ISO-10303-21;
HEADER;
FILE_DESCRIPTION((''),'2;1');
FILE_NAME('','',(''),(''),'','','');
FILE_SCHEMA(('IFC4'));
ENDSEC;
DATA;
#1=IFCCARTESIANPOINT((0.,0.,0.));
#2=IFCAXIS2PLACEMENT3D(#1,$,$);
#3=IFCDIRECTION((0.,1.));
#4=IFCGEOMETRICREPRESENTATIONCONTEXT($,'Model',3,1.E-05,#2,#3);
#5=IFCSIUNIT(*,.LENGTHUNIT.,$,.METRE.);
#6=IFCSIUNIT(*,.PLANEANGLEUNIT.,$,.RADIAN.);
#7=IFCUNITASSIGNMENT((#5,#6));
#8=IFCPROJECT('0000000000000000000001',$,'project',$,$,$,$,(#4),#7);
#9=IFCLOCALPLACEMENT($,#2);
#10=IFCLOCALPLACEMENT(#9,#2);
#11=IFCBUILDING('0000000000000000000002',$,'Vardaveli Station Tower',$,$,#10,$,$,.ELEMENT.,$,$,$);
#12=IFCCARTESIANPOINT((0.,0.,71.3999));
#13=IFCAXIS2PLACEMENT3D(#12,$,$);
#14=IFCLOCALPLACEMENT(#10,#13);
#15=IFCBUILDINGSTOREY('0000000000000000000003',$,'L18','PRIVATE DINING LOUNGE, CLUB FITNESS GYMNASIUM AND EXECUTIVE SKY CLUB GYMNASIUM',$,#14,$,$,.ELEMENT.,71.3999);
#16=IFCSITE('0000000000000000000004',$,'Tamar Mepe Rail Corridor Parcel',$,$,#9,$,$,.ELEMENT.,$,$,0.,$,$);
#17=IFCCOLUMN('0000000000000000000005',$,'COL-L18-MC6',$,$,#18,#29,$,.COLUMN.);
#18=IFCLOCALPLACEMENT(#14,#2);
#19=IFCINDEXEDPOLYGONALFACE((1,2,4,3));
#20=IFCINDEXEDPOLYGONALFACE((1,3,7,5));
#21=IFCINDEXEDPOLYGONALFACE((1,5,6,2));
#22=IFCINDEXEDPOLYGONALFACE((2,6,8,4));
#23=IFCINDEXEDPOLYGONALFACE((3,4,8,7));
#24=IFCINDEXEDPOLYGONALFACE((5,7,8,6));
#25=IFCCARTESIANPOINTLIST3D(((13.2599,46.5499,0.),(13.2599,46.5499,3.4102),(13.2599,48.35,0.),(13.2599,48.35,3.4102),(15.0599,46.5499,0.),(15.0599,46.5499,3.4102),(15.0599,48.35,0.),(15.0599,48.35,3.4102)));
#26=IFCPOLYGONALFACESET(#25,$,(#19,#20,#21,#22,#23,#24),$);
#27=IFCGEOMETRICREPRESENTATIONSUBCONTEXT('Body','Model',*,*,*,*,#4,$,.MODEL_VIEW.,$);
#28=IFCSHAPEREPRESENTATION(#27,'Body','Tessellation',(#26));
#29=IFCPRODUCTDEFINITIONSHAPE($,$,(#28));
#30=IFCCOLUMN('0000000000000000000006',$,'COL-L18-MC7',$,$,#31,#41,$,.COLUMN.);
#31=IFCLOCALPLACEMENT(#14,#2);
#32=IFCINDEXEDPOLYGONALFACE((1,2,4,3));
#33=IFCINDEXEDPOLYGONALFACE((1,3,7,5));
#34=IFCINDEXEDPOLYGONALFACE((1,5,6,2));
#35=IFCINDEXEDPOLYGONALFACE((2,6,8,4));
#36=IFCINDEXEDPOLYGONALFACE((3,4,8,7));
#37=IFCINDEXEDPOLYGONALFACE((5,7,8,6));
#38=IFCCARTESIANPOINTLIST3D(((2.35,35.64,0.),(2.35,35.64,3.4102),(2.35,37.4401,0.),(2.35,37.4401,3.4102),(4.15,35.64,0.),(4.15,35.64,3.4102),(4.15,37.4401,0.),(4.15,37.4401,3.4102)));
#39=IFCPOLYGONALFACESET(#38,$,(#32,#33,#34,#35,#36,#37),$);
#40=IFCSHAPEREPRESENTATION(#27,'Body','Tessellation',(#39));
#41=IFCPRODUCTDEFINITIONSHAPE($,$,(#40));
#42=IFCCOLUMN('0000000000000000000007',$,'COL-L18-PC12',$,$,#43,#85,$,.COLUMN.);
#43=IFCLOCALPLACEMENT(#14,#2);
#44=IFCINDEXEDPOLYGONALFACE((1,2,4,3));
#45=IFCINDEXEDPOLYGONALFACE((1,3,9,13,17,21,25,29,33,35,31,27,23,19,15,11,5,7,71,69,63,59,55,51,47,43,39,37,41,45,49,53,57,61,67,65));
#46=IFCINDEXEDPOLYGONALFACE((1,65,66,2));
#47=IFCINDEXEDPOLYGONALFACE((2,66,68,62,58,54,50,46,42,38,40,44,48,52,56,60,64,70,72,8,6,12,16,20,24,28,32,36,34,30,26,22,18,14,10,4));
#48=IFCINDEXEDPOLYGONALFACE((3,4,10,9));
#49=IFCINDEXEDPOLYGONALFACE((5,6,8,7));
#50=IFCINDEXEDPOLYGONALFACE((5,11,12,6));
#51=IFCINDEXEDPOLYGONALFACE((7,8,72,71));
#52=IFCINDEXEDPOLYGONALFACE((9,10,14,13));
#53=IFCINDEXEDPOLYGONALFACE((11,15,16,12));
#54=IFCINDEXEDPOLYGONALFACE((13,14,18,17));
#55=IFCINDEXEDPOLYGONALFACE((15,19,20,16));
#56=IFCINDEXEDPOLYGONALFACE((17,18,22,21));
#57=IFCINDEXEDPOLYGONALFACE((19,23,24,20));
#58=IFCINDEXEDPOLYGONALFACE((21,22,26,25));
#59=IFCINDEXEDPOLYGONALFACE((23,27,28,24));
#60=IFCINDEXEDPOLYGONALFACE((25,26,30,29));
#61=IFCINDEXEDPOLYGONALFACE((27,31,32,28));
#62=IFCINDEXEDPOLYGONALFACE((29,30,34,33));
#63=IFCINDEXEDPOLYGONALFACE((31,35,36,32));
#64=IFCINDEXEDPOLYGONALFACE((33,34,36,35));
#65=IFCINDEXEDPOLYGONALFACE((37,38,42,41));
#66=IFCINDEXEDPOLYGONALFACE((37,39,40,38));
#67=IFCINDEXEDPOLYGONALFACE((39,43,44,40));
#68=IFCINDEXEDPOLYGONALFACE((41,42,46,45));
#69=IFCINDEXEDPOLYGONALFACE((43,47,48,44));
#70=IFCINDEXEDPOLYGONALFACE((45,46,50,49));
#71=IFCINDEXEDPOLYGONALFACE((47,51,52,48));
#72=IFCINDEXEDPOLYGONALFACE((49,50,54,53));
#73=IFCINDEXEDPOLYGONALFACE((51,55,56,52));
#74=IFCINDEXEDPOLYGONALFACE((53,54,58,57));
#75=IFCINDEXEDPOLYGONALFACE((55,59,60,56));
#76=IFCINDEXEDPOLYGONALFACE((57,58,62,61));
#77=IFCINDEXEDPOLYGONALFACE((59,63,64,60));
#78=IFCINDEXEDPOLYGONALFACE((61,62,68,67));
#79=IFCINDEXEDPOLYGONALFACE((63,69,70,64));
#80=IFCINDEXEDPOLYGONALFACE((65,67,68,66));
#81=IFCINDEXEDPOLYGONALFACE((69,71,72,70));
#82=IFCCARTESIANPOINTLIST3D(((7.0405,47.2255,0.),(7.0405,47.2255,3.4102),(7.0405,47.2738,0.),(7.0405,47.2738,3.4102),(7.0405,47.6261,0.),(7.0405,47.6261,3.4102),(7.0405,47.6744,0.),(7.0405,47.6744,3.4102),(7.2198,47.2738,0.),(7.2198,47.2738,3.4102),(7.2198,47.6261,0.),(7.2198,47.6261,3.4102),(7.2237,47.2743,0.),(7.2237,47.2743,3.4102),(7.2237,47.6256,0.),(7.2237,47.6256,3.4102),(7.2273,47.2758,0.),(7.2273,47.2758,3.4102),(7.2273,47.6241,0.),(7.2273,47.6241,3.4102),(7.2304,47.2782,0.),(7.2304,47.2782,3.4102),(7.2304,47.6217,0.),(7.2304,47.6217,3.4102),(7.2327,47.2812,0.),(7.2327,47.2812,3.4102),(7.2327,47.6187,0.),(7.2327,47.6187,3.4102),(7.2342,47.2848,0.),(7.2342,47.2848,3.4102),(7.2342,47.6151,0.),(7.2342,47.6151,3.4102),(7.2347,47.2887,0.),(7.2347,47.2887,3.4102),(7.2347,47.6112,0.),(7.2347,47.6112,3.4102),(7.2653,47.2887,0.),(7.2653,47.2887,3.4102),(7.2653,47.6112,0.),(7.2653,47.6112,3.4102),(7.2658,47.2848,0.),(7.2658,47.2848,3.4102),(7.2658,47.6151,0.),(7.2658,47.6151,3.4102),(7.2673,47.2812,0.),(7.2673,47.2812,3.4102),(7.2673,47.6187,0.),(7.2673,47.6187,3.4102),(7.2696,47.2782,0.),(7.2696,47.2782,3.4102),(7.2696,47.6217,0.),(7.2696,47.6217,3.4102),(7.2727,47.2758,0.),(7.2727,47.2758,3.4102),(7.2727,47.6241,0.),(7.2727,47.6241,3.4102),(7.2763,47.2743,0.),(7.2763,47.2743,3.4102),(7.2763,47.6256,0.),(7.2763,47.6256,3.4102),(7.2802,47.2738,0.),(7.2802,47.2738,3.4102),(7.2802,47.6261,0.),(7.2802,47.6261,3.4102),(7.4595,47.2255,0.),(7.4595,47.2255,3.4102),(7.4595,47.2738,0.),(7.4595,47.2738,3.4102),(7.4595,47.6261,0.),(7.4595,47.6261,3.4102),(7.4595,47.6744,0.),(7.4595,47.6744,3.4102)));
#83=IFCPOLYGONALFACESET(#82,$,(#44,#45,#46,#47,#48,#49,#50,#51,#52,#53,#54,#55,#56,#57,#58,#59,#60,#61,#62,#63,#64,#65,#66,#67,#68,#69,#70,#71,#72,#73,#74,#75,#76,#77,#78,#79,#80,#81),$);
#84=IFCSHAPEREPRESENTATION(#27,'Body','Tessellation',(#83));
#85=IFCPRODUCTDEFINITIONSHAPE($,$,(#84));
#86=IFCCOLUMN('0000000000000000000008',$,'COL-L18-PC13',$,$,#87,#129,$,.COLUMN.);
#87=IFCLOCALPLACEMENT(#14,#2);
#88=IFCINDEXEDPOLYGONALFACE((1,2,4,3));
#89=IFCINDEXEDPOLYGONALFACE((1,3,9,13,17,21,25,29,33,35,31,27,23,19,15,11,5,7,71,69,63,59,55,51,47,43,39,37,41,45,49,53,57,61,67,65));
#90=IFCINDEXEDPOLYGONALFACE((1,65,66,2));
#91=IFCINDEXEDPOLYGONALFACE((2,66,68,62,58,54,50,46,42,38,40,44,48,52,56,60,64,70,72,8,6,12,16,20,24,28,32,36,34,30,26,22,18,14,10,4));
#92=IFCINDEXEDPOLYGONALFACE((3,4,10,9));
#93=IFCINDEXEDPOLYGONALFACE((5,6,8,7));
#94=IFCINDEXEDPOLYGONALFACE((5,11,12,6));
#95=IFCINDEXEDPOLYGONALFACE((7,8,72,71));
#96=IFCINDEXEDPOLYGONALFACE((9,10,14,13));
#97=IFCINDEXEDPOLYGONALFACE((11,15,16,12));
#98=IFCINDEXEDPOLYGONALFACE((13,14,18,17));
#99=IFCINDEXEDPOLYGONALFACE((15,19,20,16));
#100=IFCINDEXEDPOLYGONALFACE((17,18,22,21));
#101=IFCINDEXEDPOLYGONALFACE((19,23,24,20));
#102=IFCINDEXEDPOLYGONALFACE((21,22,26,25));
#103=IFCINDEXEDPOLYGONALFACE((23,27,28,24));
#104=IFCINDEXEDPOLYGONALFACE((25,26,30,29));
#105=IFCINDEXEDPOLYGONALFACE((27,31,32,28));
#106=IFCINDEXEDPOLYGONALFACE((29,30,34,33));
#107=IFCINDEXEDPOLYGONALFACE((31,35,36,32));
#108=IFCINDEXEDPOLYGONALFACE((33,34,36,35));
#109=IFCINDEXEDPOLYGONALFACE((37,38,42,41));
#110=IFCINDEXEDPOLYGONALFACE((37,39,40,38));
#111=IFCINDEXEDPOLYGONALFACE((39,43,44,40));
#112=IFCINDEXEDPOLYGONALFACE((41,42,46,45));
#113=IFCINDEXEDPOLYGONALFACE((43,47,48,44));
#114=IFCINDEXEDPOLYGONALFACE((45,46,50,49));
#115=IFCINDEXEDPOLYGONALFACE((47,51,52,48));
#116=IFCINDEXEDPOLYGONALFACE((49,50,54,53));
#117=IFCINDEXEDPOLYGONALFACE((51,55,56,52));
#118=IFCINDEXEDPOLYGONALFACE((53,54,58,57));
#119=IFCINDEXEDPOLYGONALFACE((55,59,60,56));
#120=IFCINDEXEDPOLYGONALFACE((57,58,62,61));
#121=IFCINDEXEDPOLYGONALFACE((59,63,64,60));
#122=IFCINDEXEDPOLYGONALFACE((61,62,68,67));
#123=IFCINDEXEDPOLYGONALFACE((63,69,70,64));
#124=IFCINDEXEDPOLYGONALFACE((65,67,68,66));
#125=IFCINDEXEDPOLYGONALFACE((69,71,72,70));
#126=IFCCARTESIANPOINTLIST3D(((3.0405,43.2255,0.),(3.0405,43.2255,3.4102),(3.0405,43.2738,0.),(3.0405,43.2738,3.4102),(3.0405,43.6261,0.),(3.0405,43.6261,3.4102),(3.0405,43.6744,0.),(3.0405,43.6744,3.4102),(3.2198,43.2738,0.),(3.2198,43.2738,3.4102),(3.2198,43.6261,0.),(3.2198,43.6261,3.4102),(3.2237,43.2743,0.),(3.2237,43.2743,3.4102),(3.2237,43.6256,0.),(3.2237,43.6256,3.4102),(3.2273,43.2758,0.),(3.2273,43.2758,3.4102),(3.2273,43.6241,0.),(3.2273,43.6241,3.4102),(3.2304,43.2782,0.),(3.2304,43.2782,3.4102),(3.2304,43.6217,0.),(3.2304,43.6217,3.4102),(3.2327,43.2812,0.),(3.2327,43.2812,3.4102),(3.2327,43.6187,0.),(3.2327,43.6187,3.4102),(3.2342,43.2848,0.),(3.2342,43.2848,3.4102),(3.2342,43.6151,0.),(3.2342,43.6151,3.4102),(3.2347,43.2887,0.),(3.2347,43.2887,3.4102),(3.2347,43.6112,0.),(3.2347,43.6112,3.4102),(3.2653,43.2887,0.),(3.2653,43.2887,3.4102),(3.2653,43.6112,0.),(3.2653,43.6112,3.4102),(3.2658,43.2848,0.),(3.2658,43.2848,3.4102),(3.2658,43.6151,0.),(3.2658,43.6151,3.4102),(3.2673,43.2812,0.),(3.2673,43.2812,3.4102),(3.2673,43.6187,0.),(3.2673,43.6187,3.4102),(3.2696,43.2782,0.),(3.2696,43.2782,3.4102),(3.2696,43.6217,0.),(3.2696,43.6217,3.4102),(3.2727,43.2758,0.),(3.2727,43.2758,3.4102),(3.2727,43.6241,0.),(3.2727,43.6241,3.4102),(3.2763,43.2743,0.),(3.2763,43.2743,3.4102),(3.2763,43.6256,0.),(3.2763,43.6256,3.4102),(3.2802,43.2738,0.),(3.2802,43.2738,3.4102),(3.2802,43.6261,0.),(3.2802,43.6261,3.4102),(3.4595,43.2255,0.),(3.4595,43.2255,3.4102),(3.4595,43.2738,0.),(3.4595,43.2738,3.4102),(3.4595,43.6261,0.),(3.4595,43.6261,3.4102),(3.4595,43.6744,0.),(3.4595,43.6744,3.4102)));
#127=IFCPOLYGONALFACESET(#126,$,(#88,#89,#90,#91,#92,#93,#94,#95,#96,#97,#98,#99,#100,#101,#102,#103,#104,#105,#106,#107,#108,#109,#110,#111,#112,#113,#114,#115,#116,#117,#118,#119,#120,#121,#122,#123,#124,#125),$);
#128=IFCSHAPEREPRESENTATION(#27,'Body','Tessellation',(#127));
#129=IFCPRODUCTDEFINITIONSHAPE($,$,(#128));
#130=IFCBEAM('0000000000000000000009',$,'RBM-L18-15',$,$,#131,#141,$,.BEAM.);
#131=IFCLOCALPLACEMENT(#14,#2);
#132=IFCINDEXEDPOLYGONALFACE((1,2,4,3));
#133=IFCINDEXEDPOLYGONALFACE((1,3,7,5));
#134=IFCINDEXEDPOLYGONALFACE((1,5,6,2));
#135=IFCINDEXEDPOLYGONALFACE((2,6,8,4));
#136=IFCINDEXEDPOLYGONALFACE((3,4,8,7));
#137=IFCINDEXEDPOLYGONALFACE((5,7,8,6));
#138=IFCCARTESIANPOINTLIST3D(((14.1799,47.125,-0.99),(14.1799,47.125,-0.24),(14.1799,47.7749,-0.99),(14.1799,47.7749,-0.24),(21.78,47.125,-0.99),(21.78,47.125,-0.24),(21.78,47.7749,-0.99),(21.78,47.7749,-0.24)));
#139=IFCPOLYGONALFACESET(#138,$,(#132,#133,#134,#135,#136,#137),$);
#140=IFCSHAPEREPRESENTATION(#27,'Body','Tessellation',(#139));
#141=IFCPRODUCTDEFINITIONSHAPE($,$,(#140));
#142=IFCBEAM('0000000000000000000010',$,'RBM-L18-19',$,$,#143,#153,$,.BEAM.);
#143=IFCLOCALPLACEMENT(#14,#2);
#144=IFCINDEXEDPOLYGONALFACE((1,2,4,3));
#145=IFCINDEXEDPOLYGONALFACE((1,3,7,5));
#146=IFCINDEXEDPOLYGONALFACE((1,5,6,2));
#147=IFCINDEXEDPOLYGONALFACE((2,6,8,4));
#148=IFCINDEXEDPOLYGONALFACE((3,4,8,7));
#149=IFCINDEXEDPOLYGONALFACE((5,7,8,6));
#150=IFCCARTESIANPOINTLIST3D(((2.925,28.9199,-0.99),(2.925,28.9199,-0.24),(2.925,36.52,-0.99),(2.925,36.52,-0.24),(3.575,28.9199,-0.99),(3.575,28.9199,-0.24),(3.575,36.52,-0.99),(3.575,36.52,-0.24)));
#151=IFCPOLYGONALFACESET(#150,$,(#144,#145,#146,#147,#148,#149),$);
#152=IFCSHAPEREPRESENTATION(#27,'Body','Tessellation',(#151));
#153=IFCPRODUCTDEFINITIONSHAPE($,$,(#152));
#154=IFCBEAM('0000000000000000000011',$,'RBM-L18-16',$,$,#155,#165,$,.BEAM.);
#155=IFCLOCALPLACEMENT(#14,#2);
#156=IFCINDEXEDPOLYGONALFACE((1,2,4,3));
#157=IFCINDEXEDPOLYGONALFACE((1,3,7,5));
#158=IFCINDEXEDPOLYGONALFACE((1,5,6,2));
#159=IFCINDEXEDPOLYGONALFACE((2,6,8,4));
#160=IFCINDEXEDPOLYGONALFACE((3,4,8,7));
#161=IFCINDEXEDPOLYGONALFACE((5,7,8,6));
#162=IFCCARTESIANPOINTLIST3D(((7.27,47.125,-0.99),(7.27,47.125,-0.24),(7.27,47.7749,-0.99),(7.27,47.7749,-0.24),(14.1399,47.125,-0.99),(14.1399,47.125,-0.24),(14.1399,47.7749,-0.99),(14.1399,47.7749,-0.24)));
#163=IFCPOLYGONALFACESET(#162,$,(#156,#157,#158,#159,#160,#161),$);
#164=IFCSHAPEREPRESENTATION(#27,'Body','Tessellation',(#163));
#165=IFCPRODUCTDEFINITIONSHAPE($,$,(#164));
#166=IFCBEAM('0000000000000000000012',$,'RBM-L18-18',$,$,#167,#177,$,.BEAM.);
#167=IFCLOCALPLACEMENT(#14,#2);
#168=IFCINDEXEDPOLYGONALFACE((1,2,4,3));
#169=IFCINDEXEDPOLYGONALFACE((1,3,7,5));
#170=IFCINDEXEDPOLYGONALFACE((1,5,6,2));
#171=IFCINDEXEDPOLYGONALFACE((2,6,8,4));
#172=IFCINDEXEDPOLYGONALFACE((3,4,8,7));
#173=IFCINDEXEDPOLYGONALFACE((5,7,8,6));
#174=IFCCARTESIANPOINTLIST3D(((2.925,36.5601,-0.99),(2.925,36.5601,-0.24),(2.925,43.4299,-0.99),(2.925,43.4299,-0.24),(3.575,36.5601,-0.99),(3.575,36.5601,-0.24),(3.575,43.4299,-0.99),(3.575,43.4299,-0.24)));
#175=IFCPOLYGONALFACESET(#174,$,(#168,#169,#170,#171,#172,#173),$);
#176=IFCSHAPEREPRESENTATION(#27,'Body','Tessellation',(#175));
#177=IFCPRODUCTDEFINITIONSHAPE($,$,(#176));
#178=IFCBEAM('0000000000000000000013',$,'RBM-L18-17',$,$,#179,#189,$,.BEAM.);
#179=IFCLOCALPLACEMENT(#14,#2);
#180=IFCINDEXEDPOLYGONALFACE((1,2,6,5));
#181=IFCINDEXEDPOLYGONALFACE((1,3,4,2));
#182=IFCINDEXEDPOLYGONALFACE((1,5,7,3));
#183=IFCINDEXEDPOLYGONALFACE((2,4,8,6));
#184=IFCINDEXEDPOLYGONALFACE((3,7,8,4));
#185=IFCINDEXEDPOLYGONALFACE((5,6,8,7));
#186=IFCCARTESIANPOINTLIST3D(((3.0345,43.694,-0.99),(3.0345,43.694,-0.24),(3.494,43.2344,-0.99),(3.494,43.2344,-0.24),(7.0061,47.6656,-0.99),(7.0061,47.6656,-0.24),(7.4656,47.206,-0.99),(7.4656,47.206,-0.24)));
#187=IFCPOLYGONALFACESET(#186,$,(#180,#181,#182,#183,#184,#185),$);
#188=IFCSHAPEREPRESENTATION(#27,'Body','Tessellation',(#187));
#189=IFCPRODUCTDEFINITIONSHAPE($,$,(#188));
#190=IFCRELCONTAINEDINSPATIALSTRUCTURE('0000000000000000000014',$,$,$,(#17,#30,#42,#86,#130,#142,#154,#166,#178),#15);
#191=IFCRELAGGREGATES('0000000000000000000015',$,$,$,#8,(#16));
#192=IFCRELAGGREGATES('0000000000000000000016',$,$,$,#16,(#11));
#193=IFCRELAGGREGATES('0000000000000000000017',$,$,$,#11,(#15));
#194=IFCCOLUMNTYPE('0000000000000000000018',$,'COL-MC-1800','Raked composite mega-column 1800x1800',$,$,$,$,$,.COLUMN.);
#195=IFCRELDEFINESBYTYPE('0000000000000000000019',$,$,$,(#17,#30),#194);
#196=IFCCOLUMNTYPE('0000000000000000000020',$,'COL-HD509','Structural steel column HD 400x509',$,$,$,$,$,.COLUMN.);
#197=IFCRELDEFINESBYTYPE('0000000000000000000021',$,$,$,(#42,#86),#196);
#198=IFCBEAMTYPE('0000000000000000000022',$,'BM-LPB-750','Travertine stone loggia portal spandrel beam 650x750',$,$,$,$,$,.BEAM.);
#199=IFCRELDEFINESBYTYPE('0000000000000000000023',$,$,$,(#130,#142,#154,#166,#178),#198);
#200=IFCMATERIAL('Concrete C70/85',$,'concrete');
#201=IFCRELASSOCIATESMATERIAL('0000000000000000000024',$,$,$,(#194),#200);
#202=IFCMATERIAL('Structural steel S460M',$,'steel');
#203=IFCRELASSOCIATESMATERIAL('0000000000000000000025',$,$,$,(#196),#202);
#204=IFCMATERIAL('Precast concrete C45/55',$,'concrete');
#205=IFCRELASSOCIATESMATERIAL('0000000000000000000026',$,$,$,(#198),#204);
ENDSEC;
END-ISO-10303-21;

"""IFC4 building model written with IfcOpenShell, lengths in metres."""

from ifc_helpers import new_model, si_unit, direction, frame, origin, origin_2d, place, context, subcontext, project, spatial, rectangle, i_section, extrude, source, transform, mapped, material, material_profile, profile_set, type_object, element, save


model = new_model("IFC4")

# Units and contexts
model_context = context("Model", 3, precision=1e-05, world=origin(), true_north=direction((0.0, 1.0)))
body_context = subcontext(model_context, "Body", "Model", "MODEL_VIEW")
ifc_project = project(units=[si_unit("LENGTHUNIT", "METRE"), si_unit("PLANEANGLEUNIT", "RADIAN")], contexts=[model_context])

# Site, building, storey
site_placement = place(None, origin())
site = spatial("IfcSite", under=ifc_project, at=site_placement, Name="Tamar Mepe Rail Corridor Parcel", CompositionType="ELEMENT", RefElevation=0.0)
building_placement = place(site_placement, origin())
building = spatial("IfcBuilding", under=site, at=building_placement, Name="Vardaveli Station Tower", CompositionType="ELEMENT")
storey_placement = place(building_placement, frame((0.0, 0.0, 71.3999)))
storey = spatial("IfcBuildingStorey", under=building, at=storey_placement, Name="L18", Description="PRIVATE DINING LOUNGE, CLUB FITNESS GYMNASIUM AND EXECUTIVE SKY CLUB GYMNASIUM", CompositionType="ELEMENT", Elevation=71.3999)

# Columns
ifc_material_1 = material(Name="Concrete C70/85", Category="concrete")
ifc_material_profile_1 = material_profile(ifc_material_1, rectangle(XDim=1.8, YDim=1.8, at=origin_2d()), Name="MC 1800x1800")
ifc_profile_set_1 = profile_set([ifc_material_profile_1], Name="Concrete C70/85")
column_type_1 = type_object("IfcColumnType", Name="COL-MC-1800", Description="Raked composite mega-column 1800x1800", PredefinedType="COLUMN", material=ifc_profile_set_1)
shared_shape_1 = source(origin(), body_context, "Body", "SweptSolid", [
    extrude(rectangle(XDim=1.8, YDim=1.8, at=origin_2d()), origin(), (0.0, 0.0, 1.0), 3.4102),
])
for number, where, z_axis, x_axis, name in (
    (1, (14.1599, 47.45, 0.0), (0.0, 0.0, 1.0), (1.0, 0.0, 0.0), "COL-L18-MC6"),
    (2, (3.25, 36.54, 0.0), (0.0, 0.0, 1.0), (1.0, 0.0, 0.0), "COL-L18-MC7"),
):
    element("IfcColumn", number, at=place(storey_placement, frame(where, z_axis=z_axis, x_axis=x_axis)), inside=storey, type_object=column_type_1, Name=name, PredefinedType="COLUMN", context=body_context, shape_type="MappedRepresentation", body=[
        mapped(shared_shape_1, transform((0.0, 0.0, 0.0), scale=1.0)),
    ])
ifc_material_2 = material(Name="Structural steel S460M", Category="steel")
ifc_material_profile_2 = material_profile(ifc_material_2, i_section(OverallWidth=0.4189, OverallDepth=0.449, WebThickness=0.0305, FlangeThickness=0.0483, FilletRadius=0.0149, at=origin_2d()), Name="HD 400x509")
ifc_profile_set_2 = profile_set([ifc_material_profile_2], Name="Structural steel S460M")
column_type_2 = type_object("IfcColumnType", Name="COL-HD509", Description="Structural steel column HD 400x509", PredefinedType="COLUMN", material=ifc_profile_set_2)
shared_shape_2 = source(origin(), body_context, "Body", "SweptSolid", [
    extrude(i_section(OverallWidth=0.4189, OverallDepth=0.449, WebThickness=0.0305, FlangeThickness=0.0483, FilletRadius=0.0149, at=origin_2d()), origin(), (0.0, 0.0, 1.0), 3.4102),
])
for number, where, z_axis, x_axis, name in (
    (3, (7.25, 47.45, 0.0), (0.0, 0.0, 1.0), (1.0, 0.0, 0.0), "COL-L18-PC12"),
    (4, (3.25, 43.45, 0.0), (0.0, 0.0, 1.0), (1.0, 0.0, 0.0), "COL-L18-PC13"),
):
    element("IfcColumn", number, at=place(storey_placement, frame(where, z_axis=z_axis, x_axis=x_axis)), inside=storey, type_object=column_type_2, Name=name, PredefinedType="COLUMN", context=body_context, shape_type="MappedRepresentation", body=[
        mapped(shared_shape_2, transform((0.0, 0.0, 0.0), scale=1.0)),
    ])

# Beams
ifc_material_3 = material(Name="Precast concrete C45/55", Category="concrete")
ifc_material_profile_3 = material_profile(ifc_material_3, rectangle(XDim=0.6499, YDim=0.75, at=origin_2d()), Name="LPB 650x750")
ifc_profile_set_3 = profile_set([ifc_material_profile_3], Name="Precast concrete C45/55")
beam_type = type_object("IfcBeamType", Name="BM-LPB-750", Description="Travertine stone loggia portal spandrel beam 650x750", PredefinedType="BEAM", material=ifc_profile_set_3)
shared_shape_3 = source(origin(), body_context, "Body", "SweptSolid", [
    extrude(rectangle(XDim=0.6499, YDim=0.75, at=origin_2d()), origin(), (0.0, 0.0, 1.0), 7.6001),
])
for number, where, z_axis, x_axis, name in (
    (5, (21.78, 47.45, -0.615), (-1.0, 0.0, 0.0), (0.0, -1.0, 0.0), "RBM-L18-15"),
    (6, (3.25, 36.52, -0.615), (0.0, -1.0, 0.0), (1.0, 0.0, 0.0), "RBM-L18-19"),
):
    element("IfcBeam", number, at=place(storey_placement, frame(where, z_axis=z_axis, x_axis=x_axis)), inside=storey, type_object=beam_type, Name=name, PredefinedType="BEAM", context=body_context, shape_type="MappedRepresentation", body=[
        mapped(shared_shape_3, transform((0.0, 0.0, 0.0), scale=1.0)),
    ])
shared_shape_4 = source(origin(), body_context, "Body", "SweptSolid", [
    extrude(rectangle(XDim=0.6499, YDim=0.75, at=origin_2d()), origin(), (0.0, 0.0, 1.0), 6.8699),
])
for number, where, z_axis, x_axis, name in (
    (7, (14.1399, 47.45, -0.615), (-1.0, 0.0, 0.0), (0.0, -1.0, 0.0), "RBM-L18-16"),
    (8, (3.25, 43.4299, -0.615), (0.0, -1.0, 0.0), (1.0, 0.0, 0.0), "RBM-L18-18"),
):
    element("IfcBeam", number, at=place(storey_placement, frame(where, z_axis=z_axis, x_axis=x_axis)), inside=storey, type_object=beam_type, Name=name, PredefinedType="BEAM", context=body_context, shape_type="MappedRepresentation", body=[
        mapped(shared_shape_4, transform((0.0, 0.0, 0.0), scale=1.0)),
    ])
shared_shape_5 = source(origin(), body_context, "Body", "SweptSolid", [
    extrude(rectangle(XDim=0.6499, YDim=0.75, at=origin_2d()), origin(), (0.0, 0.0, 1.0), 5.6167),
])
beam_placement = place(storey_placement, frame((7.2358, 47.4358, -0.615), z_axis=(-0.707107, -0.707107, 0.0), x_axis=(0.707107, -0.707107, 0.0)))
element("IfcBeam", 9, at=beam_placement, inside=storey, type_object=beam_type, Name="RBM-L18-17", PredefinedType="BEAM", context=body_context, shape_type="MappedRepresentation", body=[
    mapped(shared_shape_5, transform((0.0, 0.0, 0.0), scale=1.0)),
])

save(model, "model.ifc")
